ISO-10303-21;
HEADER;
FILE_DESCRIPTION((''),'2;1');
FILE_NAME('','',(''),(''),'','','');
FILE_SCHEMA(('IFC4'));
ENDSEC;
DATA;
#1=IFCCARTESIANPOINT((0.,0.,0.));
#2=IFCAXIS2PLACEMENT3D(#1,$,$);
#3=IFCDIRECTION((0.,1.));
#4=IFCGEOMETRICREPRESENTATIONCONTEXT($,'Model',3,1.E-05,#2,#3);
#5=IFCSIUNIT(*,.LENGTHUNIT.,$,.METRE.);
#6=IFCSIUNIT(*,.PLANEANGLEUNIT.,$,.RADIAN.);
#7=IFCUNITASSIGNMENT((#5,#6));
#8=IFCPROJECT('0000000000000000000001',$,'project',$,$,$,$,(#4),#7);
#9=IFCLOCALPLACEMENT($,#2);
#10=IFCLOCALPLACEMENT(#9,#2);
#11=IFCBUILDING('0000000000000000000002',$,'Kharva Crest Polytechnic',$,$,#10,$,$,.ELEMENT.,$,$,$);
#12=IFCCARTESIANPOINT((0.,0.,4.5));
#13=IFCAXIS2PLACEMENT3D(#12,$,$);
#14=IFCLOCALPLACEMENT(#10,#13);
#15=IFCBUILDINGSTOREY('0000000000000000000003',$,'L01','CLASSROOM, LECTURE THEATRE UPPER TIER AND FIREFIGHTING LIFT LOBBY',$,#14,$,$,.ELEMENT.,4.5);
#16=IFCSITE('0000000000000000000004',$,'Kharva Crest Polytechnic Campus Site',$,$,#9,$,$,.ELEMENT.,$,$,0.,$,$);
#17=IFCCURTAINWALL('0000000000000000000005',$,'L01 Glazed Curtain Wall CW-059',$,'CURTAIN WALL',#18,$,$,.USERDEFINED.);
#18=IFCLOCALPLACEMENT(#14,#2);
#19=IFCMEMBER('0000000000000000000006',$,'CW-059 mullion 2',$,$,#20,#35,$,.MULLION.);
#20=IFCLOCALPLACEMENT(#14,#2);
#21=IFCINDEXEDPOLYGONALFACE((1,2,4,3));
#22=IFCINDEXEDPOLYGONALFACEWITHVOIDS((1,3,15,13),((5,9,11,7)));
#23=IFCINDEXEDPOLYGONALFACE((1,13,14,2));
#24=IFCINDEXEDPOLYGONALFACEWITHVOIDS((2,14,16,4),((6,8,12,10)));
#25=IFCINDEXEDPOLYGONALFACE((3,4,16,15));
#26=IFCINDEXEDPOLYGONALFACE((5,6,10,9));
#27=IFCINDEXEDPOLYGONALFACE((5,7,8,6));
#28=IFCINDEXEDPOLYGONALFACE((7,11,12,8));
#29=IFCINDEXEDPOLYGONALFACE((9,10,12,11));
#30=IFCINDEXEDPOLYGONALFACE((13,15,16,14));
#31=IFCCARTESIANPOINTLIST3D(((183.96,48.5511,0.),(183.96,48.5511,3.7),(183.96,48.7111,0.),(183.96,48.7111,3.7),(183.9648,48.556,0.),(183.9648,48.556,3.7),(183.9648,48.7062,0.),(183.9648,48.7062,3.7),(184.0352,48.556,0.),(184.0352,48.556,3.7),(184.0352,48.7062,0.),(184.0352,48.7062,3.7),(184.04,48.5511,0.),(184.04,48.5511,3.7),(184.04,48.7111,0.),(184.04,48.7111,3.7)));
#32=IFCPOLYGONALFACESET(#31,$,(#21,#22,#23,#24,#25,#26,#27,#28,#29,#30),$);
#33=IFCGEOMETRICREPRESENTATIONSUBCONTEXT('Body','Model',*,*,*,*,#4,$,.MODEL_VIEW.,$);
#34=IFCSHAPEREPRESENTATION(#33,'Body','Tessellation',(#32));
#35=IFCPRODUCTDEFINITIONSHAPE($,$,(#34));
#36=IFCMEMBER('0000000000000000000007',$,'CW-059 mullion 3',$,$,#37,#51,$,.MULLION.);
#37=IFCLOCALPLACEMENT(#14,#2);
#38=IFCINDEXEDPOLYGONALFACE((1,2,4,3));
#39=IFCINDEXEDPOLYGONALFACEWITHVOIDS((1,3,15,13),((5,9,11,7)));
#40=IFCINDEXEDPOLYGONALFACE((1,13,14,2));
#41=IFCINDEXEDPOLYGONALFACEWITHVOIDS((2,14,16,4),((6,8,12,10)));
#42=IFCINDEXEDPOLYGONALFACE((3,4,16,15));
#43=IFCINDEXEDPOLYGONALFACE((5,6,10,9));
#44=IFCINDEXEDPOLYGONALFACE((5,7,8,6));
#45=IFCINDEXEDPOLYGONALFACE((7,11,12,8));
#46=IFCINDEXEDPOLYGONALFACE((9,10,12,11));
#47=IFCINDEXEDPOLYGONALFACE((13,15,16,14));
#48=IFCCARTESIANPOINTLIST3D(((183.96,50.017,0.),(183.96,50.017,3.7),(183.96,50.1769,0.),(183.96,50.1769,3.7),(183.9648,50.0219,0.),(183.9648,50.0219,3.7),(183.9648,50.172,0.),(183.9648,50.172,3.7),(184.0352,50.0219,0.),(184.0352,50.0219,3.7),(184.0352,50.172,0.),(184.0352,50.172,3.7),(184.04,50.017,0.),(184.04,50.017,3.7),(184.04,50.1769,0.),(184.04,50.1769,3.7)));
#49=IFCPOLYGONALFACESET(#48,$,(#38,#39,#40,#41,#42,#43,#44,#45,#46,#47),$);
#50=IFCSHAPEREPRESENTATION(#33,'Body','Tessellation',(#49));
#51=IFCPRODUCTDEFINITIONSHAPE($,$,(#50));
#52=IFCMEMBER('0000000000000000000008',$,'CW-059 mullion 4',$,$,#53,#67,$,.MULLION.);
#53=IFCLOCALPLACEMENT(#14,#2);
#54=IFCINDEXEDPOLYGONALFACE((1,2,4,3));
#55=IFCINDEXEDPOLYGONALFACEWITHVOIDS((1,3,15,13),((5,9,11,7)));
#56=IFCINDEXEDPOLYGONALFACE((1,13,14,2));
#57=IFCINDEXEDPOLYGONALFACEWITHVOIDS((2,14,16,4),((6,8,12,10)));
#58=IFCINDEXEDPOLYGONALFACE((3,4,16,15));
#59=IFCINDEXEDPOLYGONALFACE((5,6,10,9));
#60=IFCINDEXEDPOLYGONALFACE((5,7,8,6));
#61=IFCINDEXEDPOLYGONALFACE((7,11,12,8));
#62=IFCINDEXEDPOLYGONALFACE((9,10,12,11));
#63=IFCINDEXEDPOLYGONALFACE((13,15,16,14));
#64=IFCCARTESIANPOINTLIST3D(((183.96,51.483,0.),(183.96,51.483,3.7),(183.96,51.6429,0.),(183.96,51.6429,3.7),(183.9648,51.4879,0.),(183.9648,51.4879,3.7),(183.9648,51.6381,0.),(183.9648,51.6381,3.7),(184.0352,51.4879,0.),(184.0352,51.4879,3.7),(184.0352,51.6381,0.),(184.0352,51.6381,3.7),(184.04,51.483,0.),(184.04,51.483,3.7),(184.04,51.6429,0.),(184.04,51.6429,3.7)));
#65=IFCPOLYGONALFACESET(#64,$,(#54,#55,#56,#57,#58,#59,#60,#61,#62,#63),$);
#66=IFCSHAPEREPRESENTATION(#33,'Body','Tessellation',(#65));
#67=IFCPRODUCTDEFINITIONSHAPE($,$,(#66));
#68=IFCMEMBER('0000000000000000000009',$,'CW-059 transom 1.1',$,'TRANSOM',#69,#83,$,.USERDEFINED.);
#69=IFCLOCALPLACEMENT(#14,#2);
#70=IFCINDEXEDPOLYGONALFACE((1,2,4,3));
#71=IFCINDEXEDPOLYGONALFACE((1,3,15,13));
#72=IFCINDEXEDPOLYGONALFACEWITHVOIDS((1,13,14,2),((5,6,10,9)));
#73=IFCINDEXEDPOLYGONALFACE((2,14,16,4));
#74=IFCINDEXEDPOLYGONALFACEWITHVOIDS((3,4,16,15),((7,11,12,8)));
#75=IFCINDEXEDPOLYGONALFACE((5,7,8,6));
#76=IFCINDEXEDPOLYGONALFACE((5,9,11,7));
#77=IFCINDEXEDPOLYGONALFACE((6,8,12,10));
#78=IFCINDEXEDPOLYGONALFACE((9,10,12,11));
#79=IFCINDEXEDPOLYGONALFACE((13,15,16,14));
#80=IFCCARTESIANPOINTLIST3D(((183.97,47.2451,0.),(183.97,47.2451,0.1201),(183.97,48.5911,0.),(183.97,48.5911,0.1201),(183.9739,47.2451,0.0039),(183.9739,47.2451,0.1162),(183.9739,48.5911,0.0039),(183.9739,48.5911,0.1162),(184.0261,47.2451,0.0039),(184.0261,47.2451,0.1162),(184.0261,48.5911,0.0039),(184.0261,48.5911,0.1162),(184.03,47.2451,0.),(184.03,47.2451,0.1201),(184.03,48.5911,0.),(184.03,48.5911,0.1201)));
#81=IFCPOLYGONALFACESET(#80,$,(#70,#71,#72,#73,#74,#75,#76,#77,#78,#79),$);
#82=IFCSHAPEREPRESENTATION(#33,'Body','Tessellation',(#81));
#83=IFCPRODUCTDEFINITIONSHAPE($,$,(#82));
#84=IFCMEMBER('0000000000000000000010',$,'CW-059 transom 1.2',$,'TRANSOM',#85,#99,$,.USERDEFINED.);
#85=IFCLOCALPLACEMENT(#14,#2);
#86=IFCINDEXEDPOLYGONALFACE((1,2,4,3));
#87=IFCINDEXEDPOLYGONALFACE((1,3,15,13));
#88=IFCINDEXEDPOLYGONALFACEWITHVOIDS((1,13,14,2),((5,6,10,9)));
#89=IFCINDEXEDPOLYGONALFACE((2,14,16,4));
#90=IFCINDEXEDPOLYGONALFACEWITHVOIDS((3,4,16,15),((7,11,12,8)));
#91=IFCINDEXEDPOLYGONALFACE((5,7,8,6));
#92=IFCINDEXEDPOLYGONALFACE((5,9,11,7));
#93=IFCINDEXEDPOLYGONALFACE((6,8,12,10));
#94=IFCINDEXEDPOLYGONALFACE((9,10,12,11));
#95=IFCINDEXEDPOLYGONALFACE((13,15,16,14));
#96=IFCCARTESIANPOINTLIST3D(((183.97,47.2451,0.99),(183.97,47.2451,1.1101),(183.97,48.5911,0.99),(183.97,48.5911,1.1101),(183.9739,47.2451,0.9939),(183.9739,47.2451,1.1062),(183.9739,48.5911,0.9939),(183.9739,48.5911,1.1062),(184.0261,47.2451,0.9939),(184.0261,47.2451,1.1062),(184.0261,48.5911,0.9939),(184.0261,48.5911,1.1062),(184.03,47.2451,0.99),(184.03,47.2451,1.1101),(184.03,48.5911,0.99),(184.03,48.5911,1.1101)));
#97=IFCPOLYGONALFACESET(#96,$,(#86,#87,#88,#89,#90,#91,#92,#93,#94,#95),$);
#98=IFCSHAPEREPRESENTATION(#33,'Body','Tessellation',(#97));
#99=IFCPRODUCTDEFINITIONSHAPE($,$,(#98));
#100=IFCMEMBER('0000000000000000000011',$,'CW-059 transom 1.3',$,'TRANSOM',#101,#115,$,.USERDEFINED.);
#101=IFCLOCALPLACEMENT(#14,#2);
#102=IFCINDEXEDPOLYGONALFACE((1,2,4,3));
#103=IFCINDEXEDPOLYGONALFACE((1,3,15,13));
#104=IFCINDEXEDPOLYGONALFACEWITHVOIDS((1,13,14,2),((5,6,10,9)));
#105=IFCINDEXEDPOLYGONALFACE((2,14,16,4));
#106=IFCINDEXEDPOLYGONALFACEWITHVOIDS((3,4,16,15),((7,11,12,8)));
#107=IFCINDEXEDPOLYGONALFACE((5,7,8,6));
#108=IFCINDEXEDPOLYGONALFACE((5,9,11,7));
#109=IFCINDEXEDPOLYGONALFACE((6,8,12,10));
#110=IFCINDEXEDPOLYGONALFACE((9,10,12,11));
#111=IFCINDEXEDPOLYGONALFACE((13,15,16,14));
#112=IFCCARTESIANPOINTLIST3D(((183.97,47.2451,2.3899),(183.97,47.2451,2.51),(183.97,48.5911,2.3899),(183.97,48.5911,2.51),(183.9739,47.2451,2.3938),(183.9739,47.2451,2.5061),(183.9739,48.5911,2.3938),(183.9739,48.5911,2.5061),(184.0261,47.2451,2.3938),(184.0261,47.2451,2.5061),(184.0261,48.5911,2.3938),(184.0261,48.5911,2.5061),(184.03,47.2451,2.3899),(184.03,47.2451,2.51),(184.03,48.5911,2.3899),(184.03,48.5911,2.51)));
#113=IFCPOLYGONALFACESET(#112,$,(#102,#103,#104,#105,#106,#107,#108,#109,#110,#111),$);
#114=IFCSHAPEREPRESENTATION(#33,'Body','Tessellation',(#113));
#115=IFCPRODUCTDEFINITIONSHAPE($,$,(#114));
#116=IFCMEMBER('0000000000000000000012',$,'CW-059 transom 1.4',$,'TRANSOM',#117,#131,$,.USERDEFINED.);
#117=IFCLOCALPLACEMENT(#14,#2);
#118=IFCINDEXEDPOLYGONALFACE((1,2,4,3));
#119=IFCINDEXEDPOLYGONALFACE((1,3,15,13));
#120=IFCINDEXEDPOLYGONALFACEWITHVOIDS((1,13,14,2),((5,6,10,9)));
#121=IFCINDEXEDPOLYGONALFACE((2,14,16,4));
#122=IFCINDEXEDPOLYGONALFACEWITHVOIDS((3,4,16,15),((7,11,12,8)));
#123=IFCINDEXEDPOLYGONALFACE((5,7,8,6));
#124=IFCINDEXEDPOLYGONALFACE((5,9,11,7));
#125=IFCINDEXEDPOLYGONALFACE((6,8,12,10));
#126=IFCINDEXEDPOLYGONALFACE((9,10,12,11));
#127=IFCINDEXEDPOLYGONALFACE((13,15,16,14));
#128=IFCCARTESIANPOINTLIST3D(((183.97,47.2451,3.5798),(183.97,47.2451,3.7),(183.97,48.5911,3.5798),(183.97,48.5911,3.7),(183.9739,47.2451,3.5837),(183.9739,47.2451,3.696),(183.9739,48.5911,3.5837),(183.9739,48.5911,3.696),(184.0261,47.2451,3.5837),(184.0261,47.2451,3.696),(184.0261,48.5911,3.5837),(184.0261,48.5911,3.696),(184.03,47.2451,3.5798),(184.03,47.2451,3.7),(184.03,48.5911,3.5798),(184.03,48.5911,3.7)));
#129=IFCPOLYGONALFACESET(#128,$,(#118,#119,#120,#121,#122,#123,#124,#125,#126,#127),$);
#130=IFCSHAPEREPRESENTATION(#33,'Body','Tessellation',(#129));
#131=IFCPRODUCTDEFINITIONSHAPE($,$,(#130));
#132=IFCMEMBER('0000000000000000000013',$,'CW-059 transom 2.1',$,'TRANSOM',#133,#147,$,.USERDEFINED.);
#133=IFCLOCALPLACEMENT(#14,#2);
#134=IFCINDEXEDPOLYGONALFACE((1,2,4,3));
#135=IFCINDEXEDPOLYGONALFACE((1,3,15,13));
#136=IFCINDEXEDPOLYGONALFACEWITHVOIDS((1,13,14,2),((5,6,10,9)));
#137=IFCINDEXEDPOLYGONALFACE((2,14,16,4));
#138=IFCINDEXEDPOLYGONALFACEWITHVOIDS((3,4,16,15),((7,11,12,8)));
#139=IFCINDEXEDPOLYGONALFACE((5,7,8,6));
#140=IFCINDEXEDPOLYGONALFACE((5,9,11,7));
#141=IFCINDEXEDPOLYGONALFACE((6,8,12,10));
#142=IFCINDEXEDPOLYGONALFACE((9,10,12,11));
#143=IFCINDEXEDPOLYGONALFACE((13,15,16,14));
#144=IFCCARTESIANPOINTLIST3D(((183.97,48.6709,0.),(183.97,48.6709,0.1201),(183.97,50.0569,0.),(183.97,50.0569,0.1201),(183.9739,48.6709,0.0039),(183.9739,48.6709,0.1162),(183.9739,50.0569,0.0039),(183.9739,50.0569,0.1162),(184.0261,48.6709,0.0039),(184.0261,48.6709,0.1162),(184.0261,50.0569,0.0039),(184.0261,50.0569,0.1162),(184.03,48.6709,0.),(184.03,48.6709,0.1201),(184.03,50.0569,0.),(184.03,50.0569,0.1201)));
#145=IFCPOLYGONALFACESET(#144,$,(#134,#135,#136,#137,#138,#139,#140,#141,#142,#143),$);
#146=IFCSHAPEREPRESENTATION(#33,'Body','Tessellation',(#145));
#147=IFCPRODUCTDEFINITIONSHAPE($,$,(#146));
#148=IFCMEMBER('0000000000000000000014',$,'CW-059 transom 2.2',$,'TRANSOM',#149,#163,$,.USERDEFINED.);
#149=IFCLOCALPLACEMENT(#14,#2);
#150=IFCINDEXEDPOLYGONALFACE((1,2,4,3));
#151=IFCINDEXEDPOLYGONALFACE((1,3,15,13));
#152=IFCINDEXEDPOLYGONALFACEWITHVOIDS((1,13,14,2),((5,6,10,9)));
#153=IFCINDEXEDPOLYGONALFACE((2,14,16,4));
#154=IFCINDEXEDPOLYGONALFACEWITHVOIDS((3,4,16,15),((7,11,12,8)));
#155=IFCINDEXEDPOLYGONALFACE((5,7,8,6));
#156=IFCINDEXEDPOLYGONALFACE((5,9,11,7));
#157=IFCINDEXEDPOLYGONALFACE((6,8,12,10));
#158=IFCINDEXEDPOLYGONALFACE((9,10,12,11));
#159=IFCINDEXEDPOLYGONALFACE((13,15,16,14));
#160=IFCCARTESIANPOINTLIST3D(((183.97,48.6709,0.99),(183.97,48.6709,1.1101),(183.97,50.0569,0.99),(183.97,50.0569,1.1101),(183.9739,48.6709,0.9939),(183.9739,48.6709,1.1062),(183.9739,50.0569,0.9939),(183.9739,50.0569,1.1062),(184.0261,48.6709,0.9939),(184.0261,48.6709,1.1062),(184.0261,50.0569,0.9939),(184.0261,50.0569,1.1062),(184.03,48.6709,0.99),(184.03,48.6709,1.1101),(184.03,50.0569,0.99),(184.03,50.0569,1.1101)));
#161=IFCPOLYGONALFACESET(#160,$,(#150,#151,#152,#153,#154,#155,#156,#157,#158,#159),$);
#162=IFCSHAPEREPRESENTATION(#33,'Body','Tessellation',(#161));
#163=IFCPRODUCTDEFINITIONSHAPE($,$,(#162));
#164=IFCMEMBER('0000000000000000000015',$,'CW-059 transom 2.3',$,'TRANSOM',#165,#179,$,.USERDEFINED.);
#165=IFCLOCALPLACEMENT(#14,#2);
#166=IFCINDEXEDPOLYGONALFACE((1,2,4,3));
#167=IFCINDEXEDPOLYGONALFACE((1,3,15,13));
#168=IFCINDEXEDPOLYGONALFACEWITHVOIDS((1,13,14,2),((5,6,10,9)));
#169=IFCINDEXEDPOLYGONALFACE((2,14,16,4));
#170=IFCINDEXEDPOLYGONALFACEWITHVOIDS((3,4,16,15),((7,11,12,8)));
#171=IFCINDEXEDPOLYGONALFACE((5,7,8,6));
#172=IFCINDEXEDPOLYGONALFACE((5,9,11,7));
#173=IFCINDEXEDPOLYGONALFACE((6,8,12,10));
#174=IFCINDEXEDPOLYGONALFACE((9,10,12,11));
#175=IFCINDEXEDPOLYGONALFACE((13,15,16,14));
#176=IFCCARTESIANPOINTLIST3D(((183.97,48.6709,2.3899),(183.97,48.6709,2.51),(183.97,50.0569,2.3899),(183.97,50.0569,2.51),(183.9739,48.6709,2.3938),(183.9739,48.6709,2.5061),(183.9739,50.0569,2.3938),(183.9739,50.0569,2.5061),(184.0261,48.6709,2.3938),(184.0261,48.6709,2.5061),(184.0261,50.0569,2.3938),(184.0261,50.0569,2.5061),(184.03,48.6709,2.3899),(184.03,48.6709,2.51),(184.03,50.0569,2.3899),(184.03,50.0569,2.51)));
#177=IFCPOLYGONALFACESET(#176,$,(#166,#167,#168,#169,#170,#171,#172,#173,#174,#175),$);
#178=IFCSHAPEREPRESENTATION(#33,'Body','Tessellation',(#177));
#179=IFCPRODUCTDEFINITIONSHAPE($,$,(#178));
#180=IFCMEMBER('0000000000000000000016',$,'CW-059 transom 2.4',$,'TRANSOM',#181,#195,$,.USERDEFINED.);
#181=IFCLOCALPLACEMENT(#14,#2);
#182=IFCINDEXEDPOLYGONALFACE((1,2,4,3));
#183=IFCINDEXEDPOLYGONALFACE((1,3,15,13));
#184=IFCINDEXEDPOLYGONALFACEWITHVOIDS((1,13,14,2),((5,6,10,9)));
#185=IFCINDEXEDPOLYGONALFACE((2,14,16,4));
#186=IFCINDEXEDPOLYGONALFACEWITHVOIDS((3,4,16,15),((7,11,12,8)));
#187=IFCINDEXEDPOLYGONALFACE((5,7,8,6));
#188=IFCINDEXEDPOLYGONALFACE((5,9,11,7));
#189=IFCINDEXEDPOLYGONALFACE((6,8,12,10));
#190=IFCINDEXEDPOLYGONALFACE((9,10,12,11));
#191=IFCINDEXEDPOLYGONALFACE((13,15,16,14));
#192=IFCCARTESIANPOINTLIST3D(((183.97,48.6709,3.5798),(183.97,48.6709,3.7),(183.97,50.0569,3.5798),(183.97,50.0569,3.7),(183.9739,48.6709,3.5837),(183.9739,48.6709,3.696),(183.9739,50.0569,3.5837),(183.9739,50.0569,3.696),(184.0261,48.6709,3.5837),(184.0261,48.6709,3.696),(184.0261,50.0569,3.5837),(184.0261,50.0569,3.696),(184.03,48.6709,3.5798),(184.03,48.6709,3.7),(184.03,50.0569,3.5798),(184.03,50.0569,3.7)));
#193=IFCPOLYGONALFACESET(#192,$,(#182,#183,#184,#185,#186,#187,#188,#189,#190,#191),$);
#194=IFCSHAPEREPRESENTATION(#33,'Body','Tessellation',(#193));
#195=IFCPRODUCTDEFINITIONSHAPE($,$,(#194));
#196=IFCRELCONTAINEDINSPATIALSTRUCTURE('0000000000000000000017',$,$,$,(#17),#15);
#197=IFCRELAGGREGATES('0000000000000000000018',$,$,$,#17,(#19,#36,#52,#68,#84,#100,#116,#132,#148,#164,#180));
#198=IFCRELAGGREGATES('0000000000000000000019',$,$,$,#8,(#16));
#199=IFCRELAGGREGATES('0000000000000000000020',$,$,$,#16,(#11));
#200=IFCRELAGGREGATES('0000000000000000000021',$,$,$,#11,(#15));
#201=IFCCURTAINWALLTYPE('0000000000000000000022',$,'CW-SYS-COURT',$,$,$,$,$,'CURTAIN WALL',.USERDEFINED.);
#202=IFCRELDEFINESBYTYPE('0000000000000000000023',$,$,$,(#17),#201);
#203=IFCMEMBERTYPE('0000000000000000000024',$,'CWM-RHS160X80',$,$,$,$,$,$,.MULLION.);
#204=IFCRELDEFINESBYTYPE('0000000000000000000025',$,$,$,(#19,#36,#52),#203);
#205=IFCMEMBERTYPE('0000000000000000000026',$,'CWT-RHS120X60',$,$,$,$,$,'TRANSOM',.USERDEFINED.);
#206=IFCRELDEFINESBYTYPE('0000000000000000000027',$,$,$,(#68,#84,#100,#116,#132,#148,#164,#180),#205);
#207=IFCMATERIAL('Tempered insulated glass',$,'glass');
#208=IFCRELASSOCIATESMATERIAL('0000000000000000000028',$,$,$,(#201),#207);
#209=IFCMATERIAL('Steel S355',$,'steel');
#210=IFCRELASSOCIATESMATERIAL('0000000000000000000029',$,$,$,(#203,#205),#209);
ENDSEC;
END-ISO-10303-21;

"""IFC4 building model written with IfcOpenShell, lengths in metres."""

from ifc_helpers import new_model, si_unit, direction, frame, origin, origin_2d, place, context, subcontext, project, spatial, hollow_rectangle, extrude, material, material_profile, profile_set, type_object, element, aggregate, save


model = new_model("IFC4")

# Units and contexts
model_context = context("Model", 3, precision=1e-05, world=origin(), true_north=direction((0.0, 1.0)))
body_context = subcontext(model_context, "Body", "Model", "MODEL_VIEW")
ifc_project = project(units=[si_unit("LENGTHUNIT", "METRE"), si_unit("PLANEANGLEUNIT", "RADIAN")], contexts=[model_context])

# Site, building, storey
site_placement = place(None, origin())
site = spatial("IfcSite", under=ifc_project, at=site_placement, Name="Kharva Crest Polytechnic Campus Site", CompositionType="ELEMENT", RefElevation=0.0)
building_placement = place(site_placement, origin())
building = spatial("IfcBuilding", under=site, at=building_placement, Name="Kharva Crest Polytechnic", CompositionType="ELEMENT")
storey_placement = place(building_placement, frame((0.0, 0.0, 4.5)))
storey = spatial("IfcBuildingStorey", under=building, at=storey_placement, Name="L01", Description="CLASSROOM, LECTURE THEATRE UPPER TIER AND FIREFIGHTING LIFT LOBBY", CompositionType="ELEMENT", Elevation=4.5)

# Curtain wall, members
ifc_material_1 = material(Name="Tempered insulated glass", Category="glass")
curtain_wall_type = type_object("IfcCurtainWallType", Name="CW-SYS-COURT", ElementType="CURTAIN WALL", PredefinedType="USERDEFINED", material=ifc_material_1)
curtain_wall_placement = place(storey_placement, origin())
curtain_wall = element("IfcCurtainWall", 1, at=curtain_wall_placement, inside=storey, type_object=curtain_wall_type, Name="L01 Glazed Curtain Wall CW-059", ObjectType="CURTAIN WALL", PredefinedType="USERDEFINED")
ifc_material_2 = material(Name="Steel S355", Category="steel")
ifc_material_profile_1 = material_profile(ifc_material_2, hollow_rectangle(XDim=0.0801, YDim=0.1599, WallThickness=0.0049, at=origin_2d()), Name="RHS 160X80X5.0")
ifc_profile_set_1 = profile_set([ifc_material_profile_1], Name="Steel S355")
member_type_1 = type_object("IfcMemberType", Name="CWM-RHS160X80", PredefinedType="MULLION", material=ifc_profile_set_1)
member_1_placement = place(storey_placement, frame((184.0, 48.6311, 0.0), z_axis=(0.0, 0.0, 1.0), x_axis=(-1.0, 0.0, 0.0)))
member_1 = element("IfcMember", 2, at=member_1_placement, type_object=member_type_1, Name="CW-059 mullion 2", PredefinedType="MULLION", context=body_context, shape_type="SweptSolid", body=[
    extrude(hollow_rectangle(XDim=0.0801, YDim=0.1599, WallThickness=0.0049, at=origin_2d()), origin(), (0.0, 0.0, 1.0), 3.7),
])
member_2_placement = place(storey_placement, frame((184.0, 50.0969, 0.0), z_axis=(0.0, 0.0, 1.0), x_axis=(-1.0, 0.0, 0.0)))
member_2 = element("IfcMember", 3, at=member_2_placement, type_object=member_type_1, Name="CW-059 mullion 3", PredefinedType="MULLION", context=body_context, shape_type="SweptSolid", body=[
    extrude(hollow_rectangle(XDim=0.0801, YDim=0.1599, WallThickness=0.0049, at=origin_2d()), origin(), (0.0, 0.0, 1.0), 3.7),
])
member_3_placement = place(storey_placement, frame((184.0, 51.563, 0.0), z_axis=(0.0, 0.0, 1.0), x_axis=(-1.0, 0.0, 0.0)))
member_3 = element("IfcMember", 4, at=member_3_placement, type_object=member_type_1, Name="CW-059 mullion 4", PredefinedType="MULLION", context=body_context, shape_type="SweptSolid", body=[
    extrude(hollow_rectangle(XDim=0.0801, YDim=0.1599, WallThickness=0.0049, at=origin_2d()), origin(), (0.0, 0.0, 1.0), 3.7),
])
ifc_material_profile_2 = material_profile(ifc_material_2, hollow_rectangle(XDim=0.0601, YDim=0.1201, WallThickness=0.0039, at=origin_2d()), Name="RHS 120X60X4.0")
ifc_profile_set_2 = profile_set([ifc_material_profile_2], Name="Steel S355")
member_type_2 = type_object("IfcMemberType", Name="CWT-RHS120X60", ElementType="TRANSOM", PredefinedType="USERDEFINED", material=ifc_profile_set_2)
member_4_placement = place(storey_placement, frame((184.0, 47.2451, 0.0601), z_axis=(0.0, 1.0, 0.0), x_axis=(-1.0, 0.0, 0.0)))
member_4 = element("IfcMember", 5, at=member_4_placement, type_object=member_type_2, Name="CW-059 transom 1.1", ObjectType="TRANSOM", PredefinedType="USERDEFINED", context=body_context, shape_type="SweptSolid", body=[
    extrude(hollow_rectangle(XDim=0.0601, YDim=0.1201, WallThickness=0.0039, at=origin_2d()), origin(), (0.0, 0.0, 1.0), 1.3459),
])
member_5_placement = place(storey_placement, frame((184.0, 47.2451, 1.05), z_axis=(0.0, 1.0, 0.0), x_axis=(-1.0, 0.0, 0.0)))
member_5 = element("IfcMember", 6, at=member_5_placement, type_object=member_type_2, Name="CW-059 transom 1.2", ObjectType="TRANSOM", PredefinedType="USERDEFINED", context=body_context, shape_type="SweptSolid", body=[
    extrude(hollow_rectangle(XDim=0.0601, YDim=0.1201, WallThickness=0.0039, at=origin_2d()), origin(), (0.0, 0.0, 1.0), 1.3459),
])
member_6_placement = place(storey_placement, frame((184.0, 47.2451, 2.45), z_axis=(0.0, 1.0, 0.0), x_axis=(-1.0, 0.0, 0.0)))
member_6 = element("IfcMember", 7, at=member_6_placement, type_object=member_type_2, Name="CW-059 transom 1.3", ObjectType="TRANSOM", PredefinedType="USERDEFINED", context=body_context, shape_type="SweptSolid", body=[
    extrude(hollow_rectangle(XDim=0.0601, YDim=0.1201, WallThickness=0.0039, at=origin_2d()), origin(), (0.0, 0.0, 1.0), 1.3459),
])
member_7_placement = place(storey_placement, frame((184.0, 47.2451, 3.6399), z_axis=(0.0, 1.0, 0.0), x_axis=(-1.0, 0.0, 0.0)))
member_7 = element("IfcMember", 8, at=member_7_placement, type_object=member_type_2, Name="CW-059 transom 1.4", ObjectType="TRANSOM", PredefinedType="USERDEFINED", context=body_context, shape_type="SweptSolid", body=[
    extrude(hollow_rectangle(XDim=0.0601, YDim=0.1201, WallThickness=0.0039, at=origin_2d()), origin(), (0.0, 0.0, 1.0), 1.3459),
])
member_8_placement = place(storey_placement, frame((184.0, 48.6709, 0.0601), z_axis=(0.0, 1.0, 0.0), x_axis=(-1.0, 0.0, 0.0)))
member_8 = element("IfcMember", 9, at=member_8_placement, type_object=member_type_2, Name="CW-059 transom 2.1", ObjectType="TRANSOM", PredefinedType="USERDEFINED", context=body_context, shape_type="SweptSolid", body=[
    extrude(hollow_rectangle(XDim=0.0601, YDim=0.1201, WallThickness=0.0039, at=origin_2d()), origin(), (0.0, 0.0, 1.0), 1.386),
])
member_9_placement = place(storey_placement, frame((184.0, 48.6709, 1.05), z_axis=(0.0, 1.0, 0.0), x_axis=(-1.0, 0.0, 0.0)))
member_9 = element("IfcMember", 10, at=member_9_placement, type_object=member_type_2, Name="CW-059 transom 2.2", ObjectType="TRANSOM", PredefinedType="USERDEFINED", context=body_context, shape_type="SweptSolid", body=[
    extrude(hollow_rectangle(XDim=0.0601, YDim=0.1201, WallThickness=0.0039, at=origin_2d()), origin(), (0.0, 0.0, 1.0), 1.386),
])
member_10_placement = place(storey_placement, frame((184.0, 48.6709, 2.45), z_axis=(0.0, 1.0, 0.0), x_axis=(-1.0, 0.0, 0.0)))
member_10 = element("IfcMember", 11, at=member_10_placement, type_object=member_type_2, Name="CW-059 transom 2.3", ObjectType="TRANSOM", PredefinedType="USERDEFINED", context=body_context, shape_type="SweptSolid", body=[
    extrude(hollow_rectangle(XDim=0.0601, YDim=0.1201, WallThickness=0.0039, at=origin_2d()), origin(), (0.0, 0.0, 1.0), 1.386),
])
member_11_placement = place(storey_placement, frame((184.0, 48.6709, 3.6399), z_axis=(0.0, 1.0, 0.0), x_axis=(-1.0, 0.0, 0.0)))
member_11 = element("IfcMember", 12, at=member_11_placement, type_object=member_type_2, Name="CW-059 transom 2.4", ObjectType="TRANSOM", PredefinedType="USERDEFINED", context=body_context, shape_type="SweptSolid", body=[
    extrude(hollow_rectangle(XDim=0.0601, YDim=0.1201, WallThickness=0.0039, at=origin_2d()), origin(), (0.0, 0.0, 1.0), 1.386),
])
aggregate(curtain_wall, [member_1, member_2, member_3, member_4, member_5, member_6, member_7, member_8, member_9, member_10, member_11])

save(model, "model.ifc")
